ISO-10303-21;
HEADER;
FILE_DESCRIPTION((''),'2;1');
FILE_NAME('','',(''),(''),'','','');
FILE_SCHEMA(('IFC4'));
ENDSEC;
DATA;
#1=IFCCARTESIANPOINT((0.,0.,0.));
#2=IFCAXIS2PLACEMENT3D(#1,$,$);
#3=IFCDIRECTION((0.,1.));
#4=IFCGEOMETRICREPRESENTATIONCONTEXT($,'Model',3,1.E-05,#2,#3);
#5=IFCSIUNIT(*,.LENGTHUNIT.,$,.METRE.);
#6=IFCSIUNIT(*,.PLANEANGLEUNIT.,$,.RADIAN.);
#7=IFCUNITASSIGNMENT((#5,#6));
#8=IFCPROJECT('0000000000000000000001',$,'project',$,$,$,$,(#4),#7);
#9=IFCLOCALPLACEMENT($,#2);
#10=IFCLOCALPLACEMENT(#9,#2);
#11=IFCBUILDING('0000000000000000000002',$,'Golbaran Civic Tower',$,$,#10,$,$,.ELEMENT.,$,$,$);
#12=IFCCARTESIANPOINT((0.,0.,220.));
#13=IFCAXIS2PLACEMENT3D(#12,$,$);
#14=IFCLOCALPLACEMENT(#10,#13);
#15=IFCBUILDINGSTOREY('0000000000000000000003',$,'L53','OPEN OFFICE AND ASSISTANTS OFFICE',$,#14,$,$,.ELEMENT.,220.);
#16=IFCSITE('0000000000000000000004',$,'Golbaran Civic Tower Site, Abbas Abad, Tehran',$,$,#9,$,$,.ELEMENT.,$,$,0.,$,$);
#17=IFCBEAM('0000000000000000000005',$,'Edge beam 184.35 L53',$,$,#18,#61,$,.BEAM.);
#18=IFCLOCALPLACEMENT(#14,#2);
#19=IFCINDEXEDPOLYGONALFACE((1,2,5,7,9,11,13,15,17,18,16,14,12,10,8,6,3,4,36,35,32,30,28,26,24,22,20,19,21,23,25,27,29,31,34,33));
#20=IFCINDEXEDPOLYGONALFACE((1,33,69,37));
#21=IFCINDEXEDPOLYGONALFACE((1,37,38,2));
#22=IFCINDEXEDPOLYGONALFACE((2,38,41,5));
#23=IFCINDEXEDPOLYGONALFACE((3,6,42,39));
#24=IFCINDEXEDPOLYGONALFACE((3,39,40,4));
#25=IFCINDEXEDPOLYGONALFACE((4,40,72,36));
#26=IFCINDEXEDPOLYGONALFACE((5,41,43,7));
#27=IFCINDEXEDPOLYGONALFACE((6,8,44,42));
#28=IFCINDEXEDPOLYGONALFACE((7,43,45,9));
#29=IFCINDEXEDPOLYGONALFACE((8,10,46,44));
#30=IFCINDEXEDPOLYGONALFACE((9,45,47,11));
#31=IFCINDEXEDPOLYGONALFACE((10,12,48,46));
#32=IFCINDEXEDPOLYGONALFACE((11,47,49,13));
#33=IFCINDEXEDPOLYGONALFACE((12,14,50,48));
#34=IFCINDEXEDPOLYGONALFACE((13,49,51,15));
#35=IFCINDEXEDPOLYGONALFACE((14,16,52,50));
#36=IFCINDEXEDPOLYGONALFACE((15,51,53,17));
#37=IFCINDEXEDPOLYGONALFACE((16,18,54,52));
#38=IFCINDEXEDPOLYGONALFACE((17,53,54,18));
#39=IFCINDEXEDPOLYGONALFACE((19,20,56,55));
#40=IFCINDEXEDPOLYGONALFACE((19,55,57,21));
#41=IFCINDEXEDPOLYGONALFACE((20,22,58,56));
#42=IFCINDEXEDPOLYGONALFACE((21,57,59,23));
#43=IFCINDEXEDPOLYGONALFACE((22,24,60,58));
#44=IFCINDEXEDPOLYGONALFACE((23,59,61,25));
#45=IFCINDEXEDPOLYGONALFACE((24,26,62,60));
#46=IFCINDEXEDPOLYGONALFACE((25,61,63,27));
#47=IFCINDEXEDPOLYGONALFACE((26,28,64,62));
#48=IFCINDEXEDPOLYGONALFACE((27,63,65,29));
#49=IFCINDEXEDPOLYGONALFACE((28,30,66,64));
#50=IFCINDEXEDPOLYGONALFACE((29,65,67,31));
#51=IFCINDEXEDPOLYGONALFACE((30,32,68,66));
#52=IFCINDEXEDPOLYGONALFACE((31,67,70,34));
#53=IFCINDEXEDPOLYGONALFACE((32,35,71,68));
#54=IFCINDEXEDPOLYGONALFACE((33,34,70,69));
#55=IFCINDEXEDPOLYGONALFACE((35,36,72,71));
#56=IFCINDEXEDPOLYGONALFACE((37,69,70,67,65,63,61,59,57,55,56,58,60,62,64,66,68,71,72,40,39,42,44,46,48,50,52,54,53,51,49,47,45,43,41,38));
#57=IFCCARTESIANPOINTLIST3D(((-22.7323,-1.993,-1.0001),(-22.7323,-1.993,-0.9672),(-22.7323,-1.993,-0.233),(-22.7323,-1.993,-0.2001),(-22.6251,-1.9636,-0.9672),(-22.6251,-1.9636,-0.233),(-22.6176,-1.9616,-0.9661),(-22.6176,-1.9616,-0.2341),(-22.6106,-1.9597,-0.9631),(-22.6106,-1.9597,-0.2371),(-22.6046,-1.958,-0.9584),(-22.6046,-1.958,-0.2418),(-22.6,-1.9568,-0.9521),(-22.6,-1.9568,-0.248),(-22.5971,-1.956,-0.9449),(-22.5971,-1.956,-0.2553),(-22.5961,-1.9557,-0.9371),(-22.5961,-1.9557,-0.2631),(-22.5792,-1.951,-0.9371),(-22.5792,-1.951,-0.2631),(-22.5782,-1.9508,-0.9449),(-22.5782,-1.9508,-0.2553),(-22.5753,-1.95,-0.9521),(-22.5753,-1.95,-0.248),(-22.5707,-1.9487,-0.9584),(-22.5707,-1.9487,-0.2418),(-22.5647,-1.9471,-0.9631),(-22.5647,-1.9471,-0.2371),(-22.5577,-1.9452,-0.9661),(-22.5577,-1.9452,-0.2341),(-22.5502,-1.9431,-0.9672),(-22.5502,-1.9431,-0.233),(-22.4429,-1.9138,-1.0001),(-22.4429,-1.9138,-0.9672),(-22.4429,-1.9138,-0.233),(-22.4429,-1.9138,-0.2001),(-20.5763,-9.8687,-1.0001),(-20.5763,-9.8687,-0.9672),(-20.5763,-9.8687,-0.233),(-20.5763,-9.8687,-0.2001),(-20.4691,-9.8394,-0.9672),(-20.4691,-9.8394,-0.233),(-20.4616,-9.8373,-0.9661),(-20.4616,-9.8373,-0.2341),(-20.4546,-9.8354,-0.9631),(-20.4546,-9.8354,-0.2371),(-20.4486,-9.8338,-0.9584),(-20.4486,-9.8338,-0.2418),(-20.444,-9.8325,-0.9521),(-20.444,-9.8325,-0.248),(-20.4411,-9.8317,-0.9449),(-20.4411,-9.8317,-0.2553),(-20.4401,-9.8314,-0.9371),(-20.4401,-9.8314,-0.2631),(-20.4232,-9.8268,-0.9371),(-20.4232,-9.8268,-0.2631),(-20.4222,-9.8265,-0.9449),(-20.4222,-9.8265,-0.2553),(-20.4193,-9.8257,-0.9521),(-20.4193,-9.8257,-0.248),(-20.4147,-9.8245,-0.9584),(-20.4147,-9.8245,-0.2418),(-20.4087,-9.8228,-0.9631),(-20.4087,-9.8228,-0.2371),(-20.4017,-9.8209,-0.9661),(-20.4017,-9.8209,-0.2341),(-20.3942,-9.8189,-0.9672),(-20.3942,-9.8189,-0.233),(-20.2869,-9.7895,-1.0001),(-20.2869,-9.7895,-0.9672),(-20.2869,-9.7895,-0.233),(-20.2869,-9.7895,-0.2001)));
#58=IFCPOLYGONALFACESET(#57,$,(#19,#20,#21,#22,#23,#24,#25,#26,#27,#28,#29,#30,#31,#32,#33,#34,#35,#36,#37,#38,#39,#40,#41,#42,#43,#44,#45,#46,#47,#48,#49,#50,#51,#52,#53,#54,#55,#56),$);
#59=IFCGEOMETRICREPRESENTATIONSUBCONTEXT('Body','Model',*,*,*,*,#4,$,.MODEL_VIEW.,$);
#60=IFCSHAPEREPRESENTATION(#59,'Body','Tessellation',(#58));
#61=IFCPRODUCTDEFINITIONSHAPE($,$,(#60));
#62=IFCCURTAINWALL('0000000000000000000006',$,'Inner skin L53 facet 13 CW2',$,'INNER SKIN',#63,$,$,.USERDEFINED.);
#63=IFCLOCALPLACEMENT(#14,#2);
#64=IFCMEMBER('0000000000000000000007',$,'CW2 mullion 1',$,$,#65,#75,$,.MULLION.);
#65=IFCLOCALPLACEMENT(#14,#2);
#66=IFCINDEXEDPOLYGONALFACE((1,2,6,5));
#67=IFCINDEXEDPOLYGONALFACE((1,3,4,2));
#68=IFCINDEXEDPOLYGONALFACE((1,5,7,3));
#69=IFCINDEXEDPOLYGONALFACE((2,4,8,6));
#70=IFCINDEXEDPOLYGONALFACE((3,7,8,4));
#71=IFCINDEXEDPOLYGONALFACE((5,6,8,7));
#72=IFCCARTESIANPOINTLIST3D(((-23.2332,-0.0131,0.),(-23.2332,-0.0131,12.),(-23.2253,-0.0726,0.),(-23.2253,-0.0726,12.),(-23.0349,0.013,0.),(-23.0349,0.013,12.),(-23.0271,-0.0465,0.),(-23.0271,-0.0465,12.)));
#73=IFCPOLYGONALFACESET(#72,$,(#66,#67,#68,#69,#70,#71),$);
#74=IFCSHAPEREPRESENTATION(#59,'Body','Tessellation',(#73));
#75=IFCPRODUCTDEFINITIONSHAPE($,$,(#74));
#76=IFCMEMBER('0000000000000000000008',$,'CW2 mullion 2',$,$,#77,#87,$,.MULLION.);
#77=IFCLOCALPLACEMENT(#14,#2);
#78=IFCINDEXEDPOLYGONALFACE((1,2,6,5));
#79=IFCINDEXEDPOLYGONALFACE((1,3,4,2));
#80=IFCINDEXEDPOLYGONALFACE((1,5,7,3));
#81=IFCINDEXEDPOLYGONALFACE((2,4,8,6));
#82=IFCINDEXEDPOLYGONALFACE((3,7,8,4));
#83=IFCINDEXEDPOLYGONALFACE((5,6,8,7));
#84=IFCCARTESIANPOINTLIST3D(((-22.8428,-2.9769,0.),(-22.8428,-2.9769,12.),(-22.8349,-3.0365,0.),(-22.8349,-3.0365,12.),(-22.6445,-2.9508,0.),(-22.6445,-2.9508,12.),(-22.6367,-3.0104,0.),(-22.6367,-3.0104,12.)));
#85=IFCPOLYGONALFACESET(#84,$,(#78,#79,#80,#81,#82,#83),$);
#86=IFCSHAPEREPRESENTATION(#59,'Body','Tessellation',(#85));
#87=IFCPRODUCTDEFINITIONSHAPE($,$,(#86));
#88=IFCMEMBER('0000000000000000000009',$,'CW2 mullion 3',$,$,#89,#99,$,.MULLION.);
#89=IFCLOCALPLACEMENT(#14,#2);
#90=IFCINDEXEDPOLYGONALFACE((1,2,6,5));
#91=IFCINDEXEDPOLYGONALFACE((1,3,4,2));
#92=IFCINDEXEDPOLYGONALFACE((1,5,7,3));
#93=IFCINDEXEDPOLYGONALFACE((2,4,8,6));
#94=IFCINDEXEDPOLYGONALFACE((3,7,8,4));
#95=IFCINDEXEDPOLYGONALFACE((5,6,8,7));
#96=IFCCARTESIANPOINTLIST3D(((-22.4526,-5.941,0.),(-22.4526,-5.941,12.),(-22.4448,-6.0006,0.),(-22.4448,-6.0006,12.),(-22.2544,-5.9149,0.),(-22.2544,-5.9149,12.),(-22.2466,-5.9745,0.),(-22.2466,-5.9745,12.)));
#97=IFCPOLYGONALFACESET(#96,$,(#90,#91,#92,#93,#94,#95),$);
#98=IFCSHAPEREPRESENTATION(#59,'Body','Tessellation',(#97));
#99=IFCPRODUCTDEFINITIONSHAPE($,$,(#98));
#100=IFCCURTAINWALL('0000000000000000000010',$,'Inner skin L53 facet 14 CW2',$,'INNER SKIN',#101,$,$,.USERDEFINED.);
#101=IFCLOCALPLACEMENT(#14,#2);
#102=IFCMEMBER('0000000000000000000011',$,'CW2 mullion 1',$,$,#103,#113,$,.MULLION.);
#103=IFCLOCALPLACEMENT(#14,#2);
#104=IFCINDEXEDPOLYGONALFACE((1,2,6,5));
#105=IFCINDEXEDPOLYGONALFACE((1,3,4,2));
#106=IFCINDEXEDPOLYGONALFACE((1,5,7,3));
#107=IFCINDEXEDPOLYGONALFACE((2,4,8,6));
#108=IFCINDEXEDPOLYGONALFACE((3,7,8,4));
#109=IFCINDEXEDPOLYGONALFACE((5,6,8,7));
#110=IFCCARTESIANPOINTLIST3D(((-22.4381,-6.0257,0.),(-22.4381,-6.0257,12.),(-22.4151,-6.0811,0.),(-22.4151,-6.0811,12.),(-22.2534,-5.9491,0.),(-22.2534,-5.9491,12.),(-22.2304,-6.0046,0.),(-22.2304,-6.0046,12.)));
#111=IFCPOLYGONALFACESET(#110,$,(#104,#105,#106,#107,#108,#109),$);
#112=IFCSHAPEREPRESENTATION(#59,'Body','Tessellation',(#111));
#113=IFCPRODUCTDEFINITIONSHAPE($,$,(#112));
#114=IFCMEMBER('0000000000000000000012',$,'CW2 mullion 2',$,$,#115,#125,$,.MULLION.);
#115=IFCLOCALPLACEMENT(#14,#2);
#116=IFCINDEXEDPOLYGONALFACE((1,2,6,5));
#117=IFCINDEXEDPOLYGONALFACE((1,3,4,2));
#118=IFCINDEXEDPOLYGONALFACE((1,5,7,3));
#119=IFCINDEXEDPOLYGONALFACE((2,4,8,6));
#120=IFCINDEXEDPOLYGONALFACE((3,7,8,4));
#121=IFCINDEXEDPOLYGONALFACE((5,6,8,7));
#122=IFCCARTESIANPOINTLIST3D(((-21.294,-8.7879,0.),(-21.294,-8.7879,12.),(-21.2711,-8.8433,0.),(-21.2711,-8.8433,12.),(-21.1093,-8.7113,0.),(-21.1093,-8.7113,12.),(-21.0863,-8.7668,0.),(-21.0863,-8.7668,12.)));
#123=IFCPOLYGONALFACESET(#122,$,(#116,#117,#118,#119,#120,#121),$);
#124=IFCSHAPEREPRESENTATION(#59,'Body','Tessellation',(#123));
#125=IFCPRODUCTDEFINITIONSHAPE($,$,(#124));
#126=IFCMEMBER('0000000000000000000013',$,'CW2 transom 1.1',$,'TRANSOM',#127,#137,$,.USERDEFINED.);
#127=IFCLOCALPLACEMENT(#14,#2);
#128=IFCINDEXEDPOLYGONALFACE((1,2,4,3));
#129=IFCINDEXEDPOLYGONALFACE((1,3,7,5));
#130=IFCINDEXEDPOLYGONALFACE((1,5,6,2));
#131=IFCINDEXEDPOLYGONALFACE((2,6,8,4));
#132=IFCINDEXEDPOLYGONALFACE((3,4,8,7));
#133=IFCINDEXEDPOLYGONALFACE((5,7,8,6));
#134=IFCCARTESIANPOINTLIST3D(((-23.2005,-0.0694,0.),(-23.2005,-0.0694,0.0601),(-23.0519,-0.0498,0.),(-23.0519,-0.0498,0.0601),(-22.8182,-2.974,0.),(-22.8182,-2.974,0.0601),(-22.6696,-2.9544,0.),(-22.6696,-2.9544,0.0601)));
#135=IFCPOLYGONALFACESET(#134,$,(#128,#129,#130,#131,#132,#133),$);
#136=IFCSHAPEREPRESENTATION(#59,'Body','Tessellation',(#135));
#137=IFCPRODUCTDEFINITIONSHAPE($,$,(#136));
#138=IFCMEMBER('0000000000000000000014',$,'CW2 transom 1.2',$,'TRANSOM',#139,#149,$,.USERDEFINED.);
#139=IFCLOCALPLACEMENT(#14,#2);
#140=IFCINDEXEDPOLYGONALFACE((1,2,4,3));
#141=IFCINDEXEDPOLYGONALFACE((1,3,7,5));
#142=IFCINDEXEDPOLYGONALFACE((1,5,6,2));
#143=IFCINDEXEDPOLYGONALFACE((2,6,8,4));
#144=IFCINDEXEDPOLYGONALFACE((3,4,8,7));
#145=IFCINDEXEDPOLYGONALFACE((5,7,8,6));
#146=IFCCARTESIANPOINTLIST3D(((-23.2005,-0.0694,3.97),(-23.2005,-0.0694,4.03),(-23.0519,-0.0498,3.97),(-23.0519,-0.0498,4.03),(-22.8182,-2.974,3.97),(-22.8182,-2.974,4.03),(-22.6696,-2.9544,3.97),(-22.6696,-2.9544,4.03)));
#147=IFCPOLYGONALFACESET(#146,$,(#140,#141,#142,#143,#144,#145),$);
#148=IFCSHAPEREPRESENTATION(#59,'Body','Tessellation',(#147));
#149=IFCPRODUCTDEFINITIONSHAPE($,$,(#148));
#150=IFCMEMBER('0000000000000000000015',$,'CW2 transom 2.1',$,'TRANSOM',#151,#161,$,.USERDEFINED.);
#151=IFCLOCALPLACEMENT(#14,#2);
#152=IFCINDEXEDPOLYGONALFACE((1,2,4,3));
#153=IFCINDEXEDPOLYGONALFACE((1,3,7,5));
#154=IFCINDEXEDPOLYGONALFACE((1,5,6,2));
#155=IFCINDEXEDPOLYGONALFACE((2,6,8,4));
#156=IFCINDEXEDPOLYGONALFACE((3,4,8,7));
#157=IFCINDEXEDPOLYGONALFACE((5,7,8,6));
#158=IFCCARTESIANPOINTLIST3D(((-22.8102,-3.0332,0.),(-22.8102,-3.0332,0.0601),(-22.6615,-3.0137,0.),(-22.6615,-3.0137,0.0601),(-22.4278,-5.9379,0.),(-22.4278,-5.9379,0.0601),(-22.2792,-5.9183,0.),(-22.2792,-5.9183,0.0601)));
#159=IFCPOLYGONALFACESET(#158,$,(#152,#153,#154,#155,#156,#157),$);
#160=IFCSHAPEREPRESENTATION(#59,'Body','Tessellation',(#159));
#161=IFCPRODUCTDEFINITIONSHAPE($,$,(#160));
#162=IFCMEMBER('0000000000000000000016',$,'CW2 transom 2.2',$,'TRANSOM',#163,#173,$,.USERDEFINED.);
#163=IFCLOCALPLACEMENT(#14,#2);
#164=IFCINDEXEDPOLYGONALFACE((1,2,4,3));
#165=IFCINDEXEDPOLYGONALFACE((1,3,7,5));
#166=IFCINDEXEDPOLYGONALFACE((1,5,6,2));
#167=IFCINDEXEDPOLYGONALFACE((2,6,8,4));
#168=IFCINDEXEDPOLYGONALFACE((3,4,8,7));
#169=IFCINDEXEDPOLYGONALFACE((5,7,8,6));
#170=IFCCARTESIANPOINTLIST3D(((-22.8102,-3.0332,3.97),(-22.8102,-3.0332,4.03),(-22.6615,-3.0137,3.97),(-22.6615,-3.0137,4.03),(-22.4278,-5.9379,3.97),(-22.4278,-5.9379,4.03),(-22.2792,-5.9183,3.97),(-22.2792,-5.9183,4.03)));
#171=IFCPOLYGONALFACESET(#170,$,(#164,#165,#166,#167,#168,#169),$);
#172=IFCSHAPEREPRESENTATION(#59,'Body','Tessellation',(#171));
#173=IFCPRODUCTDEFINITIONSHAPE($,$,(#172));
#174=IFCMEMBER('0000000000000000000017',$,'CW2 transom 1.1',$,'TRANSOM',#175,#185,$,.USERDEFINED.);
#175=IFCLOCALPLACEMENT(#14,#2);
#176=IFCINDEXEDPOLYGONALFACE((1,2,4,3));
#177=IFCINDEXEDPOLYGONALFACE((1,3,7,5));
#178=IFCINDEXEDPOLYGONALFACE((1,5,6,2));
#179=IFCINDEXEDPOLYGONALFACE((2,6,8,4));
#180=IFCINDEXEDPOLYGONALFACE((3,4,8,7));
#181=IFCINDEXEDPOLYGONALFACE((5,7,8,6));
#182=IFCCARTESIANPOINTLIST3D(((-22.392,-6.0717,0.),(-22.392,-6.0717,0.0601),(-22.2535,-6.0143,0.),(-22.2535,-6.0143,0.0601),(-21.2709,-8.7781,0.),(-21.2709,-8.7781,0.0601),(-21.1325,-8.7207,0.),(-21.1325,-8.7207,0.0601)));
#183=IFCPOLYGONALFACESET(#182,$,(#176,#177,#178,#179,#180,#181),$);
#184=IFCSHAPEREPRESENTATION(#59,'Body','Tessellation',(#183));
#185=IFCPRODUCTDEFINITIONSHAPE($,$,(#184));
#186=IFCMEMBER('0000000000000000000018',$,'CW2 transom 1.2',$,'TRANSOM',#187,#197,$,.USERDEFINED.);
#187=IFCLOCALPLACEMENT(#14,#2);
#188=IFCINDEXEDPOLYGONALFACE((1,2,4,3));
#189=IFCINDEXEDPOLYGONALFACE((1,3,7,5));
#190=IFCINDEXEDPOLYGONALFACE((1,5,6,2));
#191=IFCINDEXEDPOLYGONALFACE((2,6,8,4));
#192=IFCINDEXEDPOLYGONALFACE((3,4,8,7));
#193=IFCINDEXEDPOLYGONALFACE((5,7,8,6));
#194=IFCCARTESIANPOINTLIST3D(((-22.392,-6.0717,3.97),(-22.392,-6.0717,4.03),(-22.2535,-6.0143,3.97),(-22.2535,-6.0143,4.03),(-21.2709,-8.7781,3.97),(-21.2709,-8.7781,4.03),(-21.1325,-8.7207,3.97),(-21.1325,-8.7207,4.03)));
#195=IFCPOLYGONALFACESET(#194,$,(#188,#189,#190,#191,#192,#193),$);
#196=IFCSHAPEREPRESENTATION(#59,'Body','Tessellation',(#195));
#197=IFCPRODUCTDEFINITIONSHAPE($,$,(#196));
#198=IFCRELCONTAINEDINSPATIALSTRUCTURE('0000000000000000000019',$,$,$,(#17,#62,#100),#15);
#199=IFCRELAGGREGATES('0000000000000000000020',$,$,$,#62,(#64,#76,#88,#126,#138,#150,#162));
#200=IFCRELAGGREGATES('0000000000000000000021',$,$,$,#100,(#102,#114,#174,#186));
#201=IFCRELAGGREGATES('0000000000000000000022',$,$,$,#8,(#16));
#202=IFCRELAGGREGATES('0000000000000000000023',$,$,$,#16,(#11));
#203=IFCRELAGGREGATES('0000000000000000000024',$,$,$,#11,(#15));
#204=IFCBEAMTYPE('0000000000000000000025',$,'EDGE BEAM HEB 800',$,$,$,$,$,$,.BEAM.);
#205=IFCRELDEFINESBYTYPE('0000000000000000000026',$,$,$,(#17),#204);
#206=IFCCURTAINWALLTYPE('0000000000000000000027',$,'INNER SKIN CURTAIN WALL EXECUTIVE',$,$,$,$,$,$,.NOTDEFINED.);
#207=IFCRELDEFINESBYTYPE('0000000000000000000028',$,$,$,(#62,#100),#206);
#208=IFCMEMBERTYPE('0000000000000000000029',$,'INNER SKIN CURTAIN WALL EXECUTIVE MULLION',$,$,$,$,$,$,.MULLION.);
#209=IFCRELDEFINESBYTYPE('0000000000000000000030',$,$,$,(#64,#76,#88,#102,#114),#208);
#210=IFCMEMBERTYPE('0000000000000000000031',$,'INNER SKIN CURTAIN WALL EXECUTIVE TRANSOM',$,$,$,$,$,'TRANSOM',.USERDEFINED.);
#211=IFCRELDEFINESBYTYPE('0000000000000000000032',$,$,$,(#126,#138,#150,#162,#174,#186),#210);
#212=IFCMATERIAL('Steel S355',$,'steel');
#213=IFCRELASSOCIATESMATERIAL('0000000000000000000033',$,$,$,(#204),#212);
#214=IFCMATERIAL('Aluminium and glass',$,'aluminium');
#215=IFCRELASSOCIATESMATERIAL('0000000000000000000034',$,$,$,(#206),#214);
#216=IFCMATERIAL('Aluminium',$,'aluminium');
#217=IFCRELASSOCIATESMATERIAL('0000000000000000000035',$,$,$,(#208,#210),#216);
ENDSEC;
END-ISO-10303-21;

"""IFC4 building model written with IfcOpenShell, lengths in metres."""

from ifc_helpers import new_model, si_unit, direction, frame, origin, origin_2d, place, context, subcontext, project, spatial, rectangle, i_section, extrude, material, material_profile, profile_set, type_object, element, aggregate, save


model = new_model("IFC4")

# Units and contexts
model_context = context("Model", 3, precision=1e-05, world=origin(), true_north=direction((0.0, 1.0)))
body_context = subcontext(model_context, "Body", "Model", "MODEL_VIEW")
ifc_project = project(units=[si_unit("LENGTHUNIT", "METRE"), si_unit("PLANEANGLEUNIT", "RADIAN")], contexts=[model_context])

# Site, building, storey
site_placement = place(None, origin())
site = spatial("IfcSite", under=ifc_project, at=site_placement, Name="Golbaran Civic Tower Site, Abbas Abad, Tehran", CompositionType="ELEMENT", RefElevation=0.0)
building_placement = place(site_placement, origin())
building = spatial("IfcBuilding", under=site, at=building_placement, Name="Golbaran Civic Tower", CompositionType="ELEMENT")
storey_placement = place(building_placement, frame((0.0, 0.0, 220.0)))
storey = spatial("IfcBuildingStorey", under=building, at=storey_placement, Name="L53", Description="OPEN OFFICE AND ASSISTANTS OFFICE", CompositionType="ELEMENT", Elevation=220.0)

# Beam
ifc_material_1 = material(Name="Steel S355", Category="steel")
ifc_material_profile_1 = material_profile(ifc_material_1, i_section(OverallWidth=0.3, OverallDepth=0.8, WebThickness=0.0176, FlangeThickness=0.033, FilletRadius=0.03, at=origin_2d()), Name="HEB 800")
ifc_profile_set_1 = profile_set([ifc_material_profile_1], Name="Steel S355")
beam_type = type_object("IfcBeamType", Name="EDGE BEAM HEB 800", PredefinedType="BEAM", material=ifc_profile_set_1)
beam_placement = place(storey_placement, frame((-22.5876, -1.9534, -0.6001), z_axis=(0.264038, -0.964512, 0.0), x_axis=(0.964512, 0.264038, 0.0)))
element("IfcBeam", 1, at=beam_placement, inside=storey, type_object=beam_type, Name="Edge beam 184.35 L53", PredefinedType="BEAM", context=body_context, shape_type="SweptSolid", body=[
    extrude(i_section(OverallWidth=0.3, OverallDepth=0.8, WebThickness=0.0176, FlangeThickness=0.033, FilletRadius=0.03, at=origin_2d()), origin(), (0.0, 0.0, 1.0), 8.1655),
])

# Curtain walls, members
ifc_material_2 = material(Name="Aluminium and glass", Category="aluminium")
curtain_wall_type = type_object("IfcCurtainWallType", Name="INNER SKIN CURTAIN WALL EXECUTIVE", PredefinedType="NOTDEFINED", material=ifc_material_2)
curtain_wall_1_placement = place(storey_placement, origin())
curtain_wall_1 = element("IfcCurtainWall", 2, at=curtain_wall_1_placement, inside=storey, type_object=curtain_wall_type, Name="Inner skin L53 facet 13 CW2", ObjectType="INNER SKIN", PredefinedType="USERDEFINED")
ifc_material_3 = material(Name="Aluminium", Category="aluminium")
ifc_material_profile_2 = material_profile(ifc_material_3, rectangle(XDim=0.2, YDim=0.0601, at=origin_2d()), Name="INNER SKIN CURTAIN WALL EXECUTIVE MULLION")
ifc_profile_set_2 = profile_set([ifc_material_profile_2], Name="Aluminium")
member_type_1 = type_object("IfcMemberType", Name="INNER SKIN CURTAIN WALL EXECUTIVE MULLION", PredefinedType="MULLION", material=ifc_profile_set_2)
member_1_placement = place(storey_placement, frame((-23.1301, -0.0298, 0.0), z_axis=(0.0, 0.0, 1.0), x_axis=(0.991445, 0.130526, 0.0)))
member_1 = element("IfcMember", 3, at=member_1_placement, type_object=member_type_1, Name="CW2 mullion 1", PredefinedType="MULLION", context=body_context, shape_type="SweptSolid", body=[
    extrude(rectangle(XDim=0.2, YDim=0.0601, at=origin_2d()), origin(), (0.0, 0.0, 1.0), 12.0),
])
member_2_placement = place(storey_placement, frame((-22.7397, -2.9937, 0.0), z_axis=(0.0, 0.0, 1.0), x_axis=(0.991445, 0.130526, 0.0)))
member_2 = element("IfcMember", 4, at=member_2_placement, type_object=member_type_1, Name="CW2 mullion 2", PredefinedType="MULLION", context=body_context, shape_type="SweptSolid", body=[
    extrude(rectangle(XDim=0.2, YDim=0.0601, at=origin_2d()), origin(), (0.0, 0.0, 1.0), 12.0),
])
member_3_placement = place(storey_placement, frame((-22.3496, -5.9578, 0.0), z_axis=(0.0, 0.0, 1.0), x_axis=(0.991445, 0.130526, 0.0)))
member_3 = element("IfcMember", 5, at=member_3_placement, type_object=member_type_1, Name="CW2 mullion 3", PredefinedType="MULLION", context=body_context, shape_type="SweptSolid", body=[
    extrude(rectangle(XDim=0.2, YDim=0.0601, at=origin_2d()), origin(), (0.0, 0.0, 1.0), 12.0),
])
curtain_wall_2_placement = place(storey_placement, origin())
curtain_wall_2 = element("IfcCurtainWall", 6, at=curtain_wall_2_placement, inside=storey, type_object=curtain_wall_type, Name="Inner skin L53 facet 14 CW2", ObjectType="INNER SKIN", PredefinedType="USERDEFINED")
member_4_placement = place(storey_placement, frame((-22.3342, -6.0151, 0.0), z_axis=(0.0, 0.0, 1.0), x_axis=(0.92388, 0.382683, 0.0)))
member_4 = element("IfcMember", 7, at=member_4_placement, type_object=member_type_1, Name="CW2 mullion 1", PredefinedType="MULLION", context=body_context, shape_type="SweptSolid", body=[
    extrude(rectangle(XDim=0.2, YDim=0.0601, at=origin_2d()), origin(), (0.0, 0.0, 1.0), 12.0),
])
member_5_placement = place(storey_placement, frame((-21.1902, -8.7773, 0.0), z_axis=(0.0, 0.0, 1.0), x_axis=(0.92388, 0.382683, 0.0)))
member_5 = element("IfcMember", 8, at=member_5_placement, type_object=member_type_1, Name="CW2 mullion 2", PredefinedType="MULLION", context=body_context, shape_type="SweptSolid", body=[
    extrude(rectangle(XDim=0.2, YDim=0.0601, at=origin_2d()), origin(), (0.0, 0.0, 1.0), 12.0),
])

# Members
ifc_material_profile_3 = material_profile(ifc_material_3, rectangle(XDim=0.1499, YDim=0.0601, at=origin_2d()), Name="INNER SKIN CURTAIN WALL EXECUTIVE TRANSOM")
ifc_profile_set_3 = profile_set([ifc_material_profile_3], Name="Aluminium")
member_type_2 = type_object("IfcMemberType", Name="INNER SKIN CURTAIN WALL EXECUTIVE TRANSOM", ElementType="TRANSOM", PredefinedType="USERDEFINED", material=ifc_profile_set_3)
member_6_placement = place(storey_placement, frame((-23.1262, -0.0596, 0.03), z_axis=(0.130504, -0.991448, 0.0), x_axis=(0.991448, 0.130504, 0.0)))
member_6 = element("IfcMember", 9, at=member_6_placement, type_object=member_type_2, Name="CW2 transom 1.1", ObjectType="TRANSOM", PredefinedType="USERDEFINED", context=body_context, shape_type="SweptSolid", body=[
    extrude(rectangle(XDim=0.1499, YDim=0.0601, at=origin_2d()), origin(), (0.0, 0.0, 1.0), 2.9297),
])
member_7_placement = place(storey_placement, frame((-23.1262, -0.0596, 4.0), z_axis=(0.130504, -0.991448, 0.0), x_axis=(0.991448, 0.130504, 0.0)))
member_7 = element("IfcMember", 10, at=member_7_placement, type_object=member_type_2, Name="CW2 transom 1.2", ObjectType="TRANSOM", PredefinedType="USERDEFINED", context=body_context, shape_type="SweptSolid", body=[
    extrude(rectangle(XDim=0.1499, YDim=0.0601, at=origin_2d()), origin(), (0.0, 0.0, 1.0), 2.9297),
])
member_8_placement = place(storey_placement, frame((-22.7358, -3.0234, 0.03), z_axis=(0.130504, -0.991448, 0.0), x_axis=(0.991448, 0.130504, 0.0)))
member_8 = element("IfcMember", 11, at=member_8_placement, type_object=member_type_2, Name="CW2 transom 2.1", ObjectType="TRANSOM", PredefinedType="USERDEFINED", context=body_context, shape_type="SweptSolid", body=[
    extrude(rectangle(XDim=0.1499, YDim=0.0601, at=origin_2d()), origin(), (0.0, 0.0, 1.0), 2.9297),
])
member_9_placement = place(storey_placement, frame((-22.7358, -3.0234, 4.0), z_axis=(0.130504, -0.991448, 0.0), x_axis=(0.991448, 0.130504, 0.0)))
member_9 = element("IfcMember", 12, at=member_9_placement, type_object=member_type_2, Name="CW2 transom 2.2", ObjectType="TRANSOM", PredefinedType="USERDEFINED", context=body_context, shape_type="SweptSolid", body=[
    extrude(rectangle(XDim=0.1499, YDim=0.0601, at=origin_2d()), origin(), (0.0, 0.0, 1.0), 2.9297),
])
member_10_placement = place(storey_placement, frame((-22.3228, -6.043, 0.03), z_axis=(0.382685, -0.923879, 0.0), x_axis=(0.923879, 0.382685, 0.0)))
member_10 = element("IfcMember", 13, at=member_10_placement, type_object=member_type_2, Name="CW2 transom 1.1", ObjectType="TRANSOM", PredefinedType="USERDEFINED", context=body_context, shape_type="SweptSolid", body=[
    extrude(rectangle(XDim=0.1499, YDim=0.0601, at=origin_2d()), origin(), (0.0, 0.0, 1.0), 2.9294),
])
member_11_placement = place(storey_placement, frame((-22.3228, -6.043, 4.0), z_axis=(0.382685, -0.923879, 0.0), x_axis=(0.923879, 0.382685, 0.0)))
member_11 = element("IfcMember", 14, at=member_11_placement, type_object=member_type_2, Name="CW2 transom 1.2", ObjectType="TRANSOM", PredefinedType="USERDEFINED", context=body_context, shape_type="SweptSolid", body=[
    extrude(rectangle(XDim=0.1499, YDim=0.0601, at=origin_2d()), origin(), (0.0, 0.0, 1.0), 2.9294),
])

aggregate(curtain_wall_1, [member_1, member_2, member_3, member_6, member_7, member_8, member_9])
aggregate(curtain_wall_2, [member_4, member_5, member_10, member_11])

save(model, "model.ifc")
